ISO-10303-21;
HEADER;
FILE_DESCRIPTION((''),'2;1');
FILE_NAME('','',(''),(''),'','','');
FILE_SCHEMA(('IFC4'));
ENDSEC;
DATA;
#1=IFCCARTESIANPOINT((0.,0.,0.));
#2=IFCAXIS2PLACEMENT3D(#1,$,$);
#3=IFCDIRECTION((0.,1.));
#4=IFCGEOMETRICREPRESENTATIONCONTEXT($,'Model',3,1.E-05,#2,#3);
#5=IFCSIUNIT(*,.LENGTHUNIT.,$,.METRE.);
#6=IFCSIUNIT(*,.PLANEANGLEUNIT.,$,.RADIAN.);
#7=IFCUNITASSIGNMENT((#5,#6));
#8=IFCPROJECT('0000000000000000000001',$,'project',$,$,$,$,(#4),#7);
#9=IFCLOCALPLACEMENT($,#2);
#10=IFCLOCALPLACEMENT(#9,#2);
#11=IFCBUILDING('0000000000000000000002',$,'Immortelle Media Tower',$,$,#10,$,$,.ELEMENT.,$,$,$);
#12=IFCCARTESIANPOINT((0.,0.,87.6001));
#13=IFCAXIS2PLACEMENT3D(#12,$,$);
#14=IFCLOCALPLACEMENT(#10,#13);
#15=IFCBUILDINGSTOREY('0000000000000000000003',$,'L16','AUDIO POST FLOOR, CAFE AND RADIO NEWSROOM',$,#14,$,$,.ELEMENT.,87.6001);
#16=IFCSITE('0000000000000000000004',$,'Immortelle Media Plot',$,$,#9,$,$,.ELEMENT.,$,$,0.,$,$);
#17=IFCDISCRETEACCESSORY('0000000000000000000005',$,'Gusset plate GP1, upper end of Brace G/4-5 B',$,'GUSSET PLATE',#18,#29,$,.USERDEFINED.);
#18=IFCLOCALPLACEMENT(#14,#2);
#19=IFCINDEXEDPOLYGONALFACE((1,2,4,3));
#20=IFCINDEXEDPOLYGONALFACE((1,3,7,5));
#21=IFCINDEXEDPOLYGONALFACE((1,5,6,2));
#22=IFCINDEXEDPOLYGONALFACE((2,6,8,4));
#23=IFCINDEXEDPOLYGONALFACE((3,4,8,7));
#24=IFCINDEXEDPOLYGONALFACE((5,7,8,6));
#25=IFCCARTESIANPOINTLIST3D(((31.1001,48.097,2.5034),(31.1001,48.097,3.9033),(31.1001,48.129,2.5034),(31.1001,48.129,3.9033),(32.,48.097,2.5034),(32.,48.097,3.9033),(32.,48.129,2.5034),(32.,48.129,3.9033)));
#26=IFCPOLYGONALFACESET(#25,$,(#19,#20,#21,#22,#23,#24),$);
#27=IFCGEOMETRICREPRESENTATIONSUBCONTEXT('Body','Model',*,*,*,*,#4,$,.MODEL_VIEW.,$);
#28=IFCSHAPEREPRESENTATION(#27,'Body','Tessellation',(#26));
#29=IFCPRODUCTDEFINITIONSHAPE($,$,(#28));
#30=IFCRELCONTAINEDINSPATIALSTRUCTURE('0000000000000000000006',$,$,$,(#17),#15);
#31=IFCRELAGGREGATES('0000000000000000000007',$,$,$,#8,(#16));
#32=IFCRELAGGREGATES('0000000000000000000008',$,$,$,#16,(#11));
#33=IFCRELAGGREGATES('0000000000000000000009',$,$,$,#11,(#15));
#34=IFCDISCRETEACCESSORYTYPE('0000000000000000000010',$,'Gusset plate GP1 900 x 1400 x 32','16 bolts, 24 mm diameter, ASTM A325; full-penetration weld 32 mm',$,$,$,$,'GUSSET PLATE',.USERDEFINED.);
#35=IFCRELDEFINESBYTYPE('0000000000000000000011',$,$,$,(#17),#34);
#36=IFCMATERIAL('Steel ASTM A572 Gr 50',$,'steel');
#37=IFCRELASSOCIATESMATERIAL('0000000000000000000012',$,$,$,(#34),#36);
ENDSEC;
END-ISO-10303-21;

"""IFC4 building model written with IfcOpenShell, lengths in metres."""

from ifc_helpers import new_model, si_unit, direction, frame, origin, origin_2d, place, context, subcontext, project, spatial, rectangle, extrude, material, material_profile, profile_set, type_object, element, save


model = new_model("IFC4")

# Units and contexts
model_context = context("Model", 3, precision=1e-05, world=origin(), true_north=direction((0.0, 1.0)))
body_context = subcontext(model_context, "Body", "Model", "MODEL_VIEW")
ifc_project = project(units=[si_unit("LENGTHUNIT", "METRE"), si_unit("PLANEANGLEUNIT", "RADIAN")], contexts=[model_context])

# Site, building, storey
site_placement = place(None, origin())
site = spatial("IfcSite", under=ifc_project, at=site_placement, Name="Immortelle Media Plot", CompositionType="ELEMENT", RefElevation=0.0)
building_placement = place(site_placement, origin())
building = spatial("IfcBuilding", under=site, at=building_placement, Name="Immortelle Media Tower", CompositionType="ELEMENT")
storey_placement = place(building_placement, frame((0.0, 0.0, 87.6001)))
storey = spatial("IfcBuildingStorey", under=building, at=storey_placement, Name="L16", Description="AUDIO POST FLOOR, CAFE AND RADIO NEWSROOM", CompositionType="ELEMENT", Elevation=87.6001)

# Discrete accessory
ifc_material_1 = material(Name="Steel ASTM A572 Gr 50", Category="steel")
ifc_material_profile_1 = material_profile(ifc_material_1, rectangle(XDim=0.032, YDim=1.3999, at=origin_2d()), Name="PL 32 x 1400")
ifc_profile_set_1 = profile_set([ifc_material_profile_1], Name="Steel ASTM A572 Gr 50")
discrete_accessory_type_1 = type_object("IfcDiscreteAccessoryType", Name="Gusset plate GP1 900 x 1400 x 32", Description="16 bolts, 24 mm diameter, ASTM A325; full-penetration weld 32 mm", ElementType="GUSSET PLATE", PredefinedType="USERDEFINED", material=ifc_profile_set_1)
for number, where, z_axis, x_axis, name in (
    (1, (32.0, 48.113, 3.2034), (-1.0, 0.0, 0.0), (0.0, -1.0, 0.0), "Gusset plate GP1, upper end of Brace G/4-5 B"),
):
    element("IfcDiscreteAccessory", number, at=place(storey_placement, frame(where, z_axis=z_axis, x_axis=x_axis)), inside=storey, type_object=discrete_accessory_type_1, Name=name, ObjectType="GUSSET PLATE", PredefinedType="USERDEFINED", context=body_context, shape_type="SweptSolid", body=[
        extrude(rectangle(XDim=0.032, YDim=1.3999, at=origin_2d()), origin(), (0.0, 0.0, 1.0), 0.8999),
    ])

save(model, "model.ifc")
